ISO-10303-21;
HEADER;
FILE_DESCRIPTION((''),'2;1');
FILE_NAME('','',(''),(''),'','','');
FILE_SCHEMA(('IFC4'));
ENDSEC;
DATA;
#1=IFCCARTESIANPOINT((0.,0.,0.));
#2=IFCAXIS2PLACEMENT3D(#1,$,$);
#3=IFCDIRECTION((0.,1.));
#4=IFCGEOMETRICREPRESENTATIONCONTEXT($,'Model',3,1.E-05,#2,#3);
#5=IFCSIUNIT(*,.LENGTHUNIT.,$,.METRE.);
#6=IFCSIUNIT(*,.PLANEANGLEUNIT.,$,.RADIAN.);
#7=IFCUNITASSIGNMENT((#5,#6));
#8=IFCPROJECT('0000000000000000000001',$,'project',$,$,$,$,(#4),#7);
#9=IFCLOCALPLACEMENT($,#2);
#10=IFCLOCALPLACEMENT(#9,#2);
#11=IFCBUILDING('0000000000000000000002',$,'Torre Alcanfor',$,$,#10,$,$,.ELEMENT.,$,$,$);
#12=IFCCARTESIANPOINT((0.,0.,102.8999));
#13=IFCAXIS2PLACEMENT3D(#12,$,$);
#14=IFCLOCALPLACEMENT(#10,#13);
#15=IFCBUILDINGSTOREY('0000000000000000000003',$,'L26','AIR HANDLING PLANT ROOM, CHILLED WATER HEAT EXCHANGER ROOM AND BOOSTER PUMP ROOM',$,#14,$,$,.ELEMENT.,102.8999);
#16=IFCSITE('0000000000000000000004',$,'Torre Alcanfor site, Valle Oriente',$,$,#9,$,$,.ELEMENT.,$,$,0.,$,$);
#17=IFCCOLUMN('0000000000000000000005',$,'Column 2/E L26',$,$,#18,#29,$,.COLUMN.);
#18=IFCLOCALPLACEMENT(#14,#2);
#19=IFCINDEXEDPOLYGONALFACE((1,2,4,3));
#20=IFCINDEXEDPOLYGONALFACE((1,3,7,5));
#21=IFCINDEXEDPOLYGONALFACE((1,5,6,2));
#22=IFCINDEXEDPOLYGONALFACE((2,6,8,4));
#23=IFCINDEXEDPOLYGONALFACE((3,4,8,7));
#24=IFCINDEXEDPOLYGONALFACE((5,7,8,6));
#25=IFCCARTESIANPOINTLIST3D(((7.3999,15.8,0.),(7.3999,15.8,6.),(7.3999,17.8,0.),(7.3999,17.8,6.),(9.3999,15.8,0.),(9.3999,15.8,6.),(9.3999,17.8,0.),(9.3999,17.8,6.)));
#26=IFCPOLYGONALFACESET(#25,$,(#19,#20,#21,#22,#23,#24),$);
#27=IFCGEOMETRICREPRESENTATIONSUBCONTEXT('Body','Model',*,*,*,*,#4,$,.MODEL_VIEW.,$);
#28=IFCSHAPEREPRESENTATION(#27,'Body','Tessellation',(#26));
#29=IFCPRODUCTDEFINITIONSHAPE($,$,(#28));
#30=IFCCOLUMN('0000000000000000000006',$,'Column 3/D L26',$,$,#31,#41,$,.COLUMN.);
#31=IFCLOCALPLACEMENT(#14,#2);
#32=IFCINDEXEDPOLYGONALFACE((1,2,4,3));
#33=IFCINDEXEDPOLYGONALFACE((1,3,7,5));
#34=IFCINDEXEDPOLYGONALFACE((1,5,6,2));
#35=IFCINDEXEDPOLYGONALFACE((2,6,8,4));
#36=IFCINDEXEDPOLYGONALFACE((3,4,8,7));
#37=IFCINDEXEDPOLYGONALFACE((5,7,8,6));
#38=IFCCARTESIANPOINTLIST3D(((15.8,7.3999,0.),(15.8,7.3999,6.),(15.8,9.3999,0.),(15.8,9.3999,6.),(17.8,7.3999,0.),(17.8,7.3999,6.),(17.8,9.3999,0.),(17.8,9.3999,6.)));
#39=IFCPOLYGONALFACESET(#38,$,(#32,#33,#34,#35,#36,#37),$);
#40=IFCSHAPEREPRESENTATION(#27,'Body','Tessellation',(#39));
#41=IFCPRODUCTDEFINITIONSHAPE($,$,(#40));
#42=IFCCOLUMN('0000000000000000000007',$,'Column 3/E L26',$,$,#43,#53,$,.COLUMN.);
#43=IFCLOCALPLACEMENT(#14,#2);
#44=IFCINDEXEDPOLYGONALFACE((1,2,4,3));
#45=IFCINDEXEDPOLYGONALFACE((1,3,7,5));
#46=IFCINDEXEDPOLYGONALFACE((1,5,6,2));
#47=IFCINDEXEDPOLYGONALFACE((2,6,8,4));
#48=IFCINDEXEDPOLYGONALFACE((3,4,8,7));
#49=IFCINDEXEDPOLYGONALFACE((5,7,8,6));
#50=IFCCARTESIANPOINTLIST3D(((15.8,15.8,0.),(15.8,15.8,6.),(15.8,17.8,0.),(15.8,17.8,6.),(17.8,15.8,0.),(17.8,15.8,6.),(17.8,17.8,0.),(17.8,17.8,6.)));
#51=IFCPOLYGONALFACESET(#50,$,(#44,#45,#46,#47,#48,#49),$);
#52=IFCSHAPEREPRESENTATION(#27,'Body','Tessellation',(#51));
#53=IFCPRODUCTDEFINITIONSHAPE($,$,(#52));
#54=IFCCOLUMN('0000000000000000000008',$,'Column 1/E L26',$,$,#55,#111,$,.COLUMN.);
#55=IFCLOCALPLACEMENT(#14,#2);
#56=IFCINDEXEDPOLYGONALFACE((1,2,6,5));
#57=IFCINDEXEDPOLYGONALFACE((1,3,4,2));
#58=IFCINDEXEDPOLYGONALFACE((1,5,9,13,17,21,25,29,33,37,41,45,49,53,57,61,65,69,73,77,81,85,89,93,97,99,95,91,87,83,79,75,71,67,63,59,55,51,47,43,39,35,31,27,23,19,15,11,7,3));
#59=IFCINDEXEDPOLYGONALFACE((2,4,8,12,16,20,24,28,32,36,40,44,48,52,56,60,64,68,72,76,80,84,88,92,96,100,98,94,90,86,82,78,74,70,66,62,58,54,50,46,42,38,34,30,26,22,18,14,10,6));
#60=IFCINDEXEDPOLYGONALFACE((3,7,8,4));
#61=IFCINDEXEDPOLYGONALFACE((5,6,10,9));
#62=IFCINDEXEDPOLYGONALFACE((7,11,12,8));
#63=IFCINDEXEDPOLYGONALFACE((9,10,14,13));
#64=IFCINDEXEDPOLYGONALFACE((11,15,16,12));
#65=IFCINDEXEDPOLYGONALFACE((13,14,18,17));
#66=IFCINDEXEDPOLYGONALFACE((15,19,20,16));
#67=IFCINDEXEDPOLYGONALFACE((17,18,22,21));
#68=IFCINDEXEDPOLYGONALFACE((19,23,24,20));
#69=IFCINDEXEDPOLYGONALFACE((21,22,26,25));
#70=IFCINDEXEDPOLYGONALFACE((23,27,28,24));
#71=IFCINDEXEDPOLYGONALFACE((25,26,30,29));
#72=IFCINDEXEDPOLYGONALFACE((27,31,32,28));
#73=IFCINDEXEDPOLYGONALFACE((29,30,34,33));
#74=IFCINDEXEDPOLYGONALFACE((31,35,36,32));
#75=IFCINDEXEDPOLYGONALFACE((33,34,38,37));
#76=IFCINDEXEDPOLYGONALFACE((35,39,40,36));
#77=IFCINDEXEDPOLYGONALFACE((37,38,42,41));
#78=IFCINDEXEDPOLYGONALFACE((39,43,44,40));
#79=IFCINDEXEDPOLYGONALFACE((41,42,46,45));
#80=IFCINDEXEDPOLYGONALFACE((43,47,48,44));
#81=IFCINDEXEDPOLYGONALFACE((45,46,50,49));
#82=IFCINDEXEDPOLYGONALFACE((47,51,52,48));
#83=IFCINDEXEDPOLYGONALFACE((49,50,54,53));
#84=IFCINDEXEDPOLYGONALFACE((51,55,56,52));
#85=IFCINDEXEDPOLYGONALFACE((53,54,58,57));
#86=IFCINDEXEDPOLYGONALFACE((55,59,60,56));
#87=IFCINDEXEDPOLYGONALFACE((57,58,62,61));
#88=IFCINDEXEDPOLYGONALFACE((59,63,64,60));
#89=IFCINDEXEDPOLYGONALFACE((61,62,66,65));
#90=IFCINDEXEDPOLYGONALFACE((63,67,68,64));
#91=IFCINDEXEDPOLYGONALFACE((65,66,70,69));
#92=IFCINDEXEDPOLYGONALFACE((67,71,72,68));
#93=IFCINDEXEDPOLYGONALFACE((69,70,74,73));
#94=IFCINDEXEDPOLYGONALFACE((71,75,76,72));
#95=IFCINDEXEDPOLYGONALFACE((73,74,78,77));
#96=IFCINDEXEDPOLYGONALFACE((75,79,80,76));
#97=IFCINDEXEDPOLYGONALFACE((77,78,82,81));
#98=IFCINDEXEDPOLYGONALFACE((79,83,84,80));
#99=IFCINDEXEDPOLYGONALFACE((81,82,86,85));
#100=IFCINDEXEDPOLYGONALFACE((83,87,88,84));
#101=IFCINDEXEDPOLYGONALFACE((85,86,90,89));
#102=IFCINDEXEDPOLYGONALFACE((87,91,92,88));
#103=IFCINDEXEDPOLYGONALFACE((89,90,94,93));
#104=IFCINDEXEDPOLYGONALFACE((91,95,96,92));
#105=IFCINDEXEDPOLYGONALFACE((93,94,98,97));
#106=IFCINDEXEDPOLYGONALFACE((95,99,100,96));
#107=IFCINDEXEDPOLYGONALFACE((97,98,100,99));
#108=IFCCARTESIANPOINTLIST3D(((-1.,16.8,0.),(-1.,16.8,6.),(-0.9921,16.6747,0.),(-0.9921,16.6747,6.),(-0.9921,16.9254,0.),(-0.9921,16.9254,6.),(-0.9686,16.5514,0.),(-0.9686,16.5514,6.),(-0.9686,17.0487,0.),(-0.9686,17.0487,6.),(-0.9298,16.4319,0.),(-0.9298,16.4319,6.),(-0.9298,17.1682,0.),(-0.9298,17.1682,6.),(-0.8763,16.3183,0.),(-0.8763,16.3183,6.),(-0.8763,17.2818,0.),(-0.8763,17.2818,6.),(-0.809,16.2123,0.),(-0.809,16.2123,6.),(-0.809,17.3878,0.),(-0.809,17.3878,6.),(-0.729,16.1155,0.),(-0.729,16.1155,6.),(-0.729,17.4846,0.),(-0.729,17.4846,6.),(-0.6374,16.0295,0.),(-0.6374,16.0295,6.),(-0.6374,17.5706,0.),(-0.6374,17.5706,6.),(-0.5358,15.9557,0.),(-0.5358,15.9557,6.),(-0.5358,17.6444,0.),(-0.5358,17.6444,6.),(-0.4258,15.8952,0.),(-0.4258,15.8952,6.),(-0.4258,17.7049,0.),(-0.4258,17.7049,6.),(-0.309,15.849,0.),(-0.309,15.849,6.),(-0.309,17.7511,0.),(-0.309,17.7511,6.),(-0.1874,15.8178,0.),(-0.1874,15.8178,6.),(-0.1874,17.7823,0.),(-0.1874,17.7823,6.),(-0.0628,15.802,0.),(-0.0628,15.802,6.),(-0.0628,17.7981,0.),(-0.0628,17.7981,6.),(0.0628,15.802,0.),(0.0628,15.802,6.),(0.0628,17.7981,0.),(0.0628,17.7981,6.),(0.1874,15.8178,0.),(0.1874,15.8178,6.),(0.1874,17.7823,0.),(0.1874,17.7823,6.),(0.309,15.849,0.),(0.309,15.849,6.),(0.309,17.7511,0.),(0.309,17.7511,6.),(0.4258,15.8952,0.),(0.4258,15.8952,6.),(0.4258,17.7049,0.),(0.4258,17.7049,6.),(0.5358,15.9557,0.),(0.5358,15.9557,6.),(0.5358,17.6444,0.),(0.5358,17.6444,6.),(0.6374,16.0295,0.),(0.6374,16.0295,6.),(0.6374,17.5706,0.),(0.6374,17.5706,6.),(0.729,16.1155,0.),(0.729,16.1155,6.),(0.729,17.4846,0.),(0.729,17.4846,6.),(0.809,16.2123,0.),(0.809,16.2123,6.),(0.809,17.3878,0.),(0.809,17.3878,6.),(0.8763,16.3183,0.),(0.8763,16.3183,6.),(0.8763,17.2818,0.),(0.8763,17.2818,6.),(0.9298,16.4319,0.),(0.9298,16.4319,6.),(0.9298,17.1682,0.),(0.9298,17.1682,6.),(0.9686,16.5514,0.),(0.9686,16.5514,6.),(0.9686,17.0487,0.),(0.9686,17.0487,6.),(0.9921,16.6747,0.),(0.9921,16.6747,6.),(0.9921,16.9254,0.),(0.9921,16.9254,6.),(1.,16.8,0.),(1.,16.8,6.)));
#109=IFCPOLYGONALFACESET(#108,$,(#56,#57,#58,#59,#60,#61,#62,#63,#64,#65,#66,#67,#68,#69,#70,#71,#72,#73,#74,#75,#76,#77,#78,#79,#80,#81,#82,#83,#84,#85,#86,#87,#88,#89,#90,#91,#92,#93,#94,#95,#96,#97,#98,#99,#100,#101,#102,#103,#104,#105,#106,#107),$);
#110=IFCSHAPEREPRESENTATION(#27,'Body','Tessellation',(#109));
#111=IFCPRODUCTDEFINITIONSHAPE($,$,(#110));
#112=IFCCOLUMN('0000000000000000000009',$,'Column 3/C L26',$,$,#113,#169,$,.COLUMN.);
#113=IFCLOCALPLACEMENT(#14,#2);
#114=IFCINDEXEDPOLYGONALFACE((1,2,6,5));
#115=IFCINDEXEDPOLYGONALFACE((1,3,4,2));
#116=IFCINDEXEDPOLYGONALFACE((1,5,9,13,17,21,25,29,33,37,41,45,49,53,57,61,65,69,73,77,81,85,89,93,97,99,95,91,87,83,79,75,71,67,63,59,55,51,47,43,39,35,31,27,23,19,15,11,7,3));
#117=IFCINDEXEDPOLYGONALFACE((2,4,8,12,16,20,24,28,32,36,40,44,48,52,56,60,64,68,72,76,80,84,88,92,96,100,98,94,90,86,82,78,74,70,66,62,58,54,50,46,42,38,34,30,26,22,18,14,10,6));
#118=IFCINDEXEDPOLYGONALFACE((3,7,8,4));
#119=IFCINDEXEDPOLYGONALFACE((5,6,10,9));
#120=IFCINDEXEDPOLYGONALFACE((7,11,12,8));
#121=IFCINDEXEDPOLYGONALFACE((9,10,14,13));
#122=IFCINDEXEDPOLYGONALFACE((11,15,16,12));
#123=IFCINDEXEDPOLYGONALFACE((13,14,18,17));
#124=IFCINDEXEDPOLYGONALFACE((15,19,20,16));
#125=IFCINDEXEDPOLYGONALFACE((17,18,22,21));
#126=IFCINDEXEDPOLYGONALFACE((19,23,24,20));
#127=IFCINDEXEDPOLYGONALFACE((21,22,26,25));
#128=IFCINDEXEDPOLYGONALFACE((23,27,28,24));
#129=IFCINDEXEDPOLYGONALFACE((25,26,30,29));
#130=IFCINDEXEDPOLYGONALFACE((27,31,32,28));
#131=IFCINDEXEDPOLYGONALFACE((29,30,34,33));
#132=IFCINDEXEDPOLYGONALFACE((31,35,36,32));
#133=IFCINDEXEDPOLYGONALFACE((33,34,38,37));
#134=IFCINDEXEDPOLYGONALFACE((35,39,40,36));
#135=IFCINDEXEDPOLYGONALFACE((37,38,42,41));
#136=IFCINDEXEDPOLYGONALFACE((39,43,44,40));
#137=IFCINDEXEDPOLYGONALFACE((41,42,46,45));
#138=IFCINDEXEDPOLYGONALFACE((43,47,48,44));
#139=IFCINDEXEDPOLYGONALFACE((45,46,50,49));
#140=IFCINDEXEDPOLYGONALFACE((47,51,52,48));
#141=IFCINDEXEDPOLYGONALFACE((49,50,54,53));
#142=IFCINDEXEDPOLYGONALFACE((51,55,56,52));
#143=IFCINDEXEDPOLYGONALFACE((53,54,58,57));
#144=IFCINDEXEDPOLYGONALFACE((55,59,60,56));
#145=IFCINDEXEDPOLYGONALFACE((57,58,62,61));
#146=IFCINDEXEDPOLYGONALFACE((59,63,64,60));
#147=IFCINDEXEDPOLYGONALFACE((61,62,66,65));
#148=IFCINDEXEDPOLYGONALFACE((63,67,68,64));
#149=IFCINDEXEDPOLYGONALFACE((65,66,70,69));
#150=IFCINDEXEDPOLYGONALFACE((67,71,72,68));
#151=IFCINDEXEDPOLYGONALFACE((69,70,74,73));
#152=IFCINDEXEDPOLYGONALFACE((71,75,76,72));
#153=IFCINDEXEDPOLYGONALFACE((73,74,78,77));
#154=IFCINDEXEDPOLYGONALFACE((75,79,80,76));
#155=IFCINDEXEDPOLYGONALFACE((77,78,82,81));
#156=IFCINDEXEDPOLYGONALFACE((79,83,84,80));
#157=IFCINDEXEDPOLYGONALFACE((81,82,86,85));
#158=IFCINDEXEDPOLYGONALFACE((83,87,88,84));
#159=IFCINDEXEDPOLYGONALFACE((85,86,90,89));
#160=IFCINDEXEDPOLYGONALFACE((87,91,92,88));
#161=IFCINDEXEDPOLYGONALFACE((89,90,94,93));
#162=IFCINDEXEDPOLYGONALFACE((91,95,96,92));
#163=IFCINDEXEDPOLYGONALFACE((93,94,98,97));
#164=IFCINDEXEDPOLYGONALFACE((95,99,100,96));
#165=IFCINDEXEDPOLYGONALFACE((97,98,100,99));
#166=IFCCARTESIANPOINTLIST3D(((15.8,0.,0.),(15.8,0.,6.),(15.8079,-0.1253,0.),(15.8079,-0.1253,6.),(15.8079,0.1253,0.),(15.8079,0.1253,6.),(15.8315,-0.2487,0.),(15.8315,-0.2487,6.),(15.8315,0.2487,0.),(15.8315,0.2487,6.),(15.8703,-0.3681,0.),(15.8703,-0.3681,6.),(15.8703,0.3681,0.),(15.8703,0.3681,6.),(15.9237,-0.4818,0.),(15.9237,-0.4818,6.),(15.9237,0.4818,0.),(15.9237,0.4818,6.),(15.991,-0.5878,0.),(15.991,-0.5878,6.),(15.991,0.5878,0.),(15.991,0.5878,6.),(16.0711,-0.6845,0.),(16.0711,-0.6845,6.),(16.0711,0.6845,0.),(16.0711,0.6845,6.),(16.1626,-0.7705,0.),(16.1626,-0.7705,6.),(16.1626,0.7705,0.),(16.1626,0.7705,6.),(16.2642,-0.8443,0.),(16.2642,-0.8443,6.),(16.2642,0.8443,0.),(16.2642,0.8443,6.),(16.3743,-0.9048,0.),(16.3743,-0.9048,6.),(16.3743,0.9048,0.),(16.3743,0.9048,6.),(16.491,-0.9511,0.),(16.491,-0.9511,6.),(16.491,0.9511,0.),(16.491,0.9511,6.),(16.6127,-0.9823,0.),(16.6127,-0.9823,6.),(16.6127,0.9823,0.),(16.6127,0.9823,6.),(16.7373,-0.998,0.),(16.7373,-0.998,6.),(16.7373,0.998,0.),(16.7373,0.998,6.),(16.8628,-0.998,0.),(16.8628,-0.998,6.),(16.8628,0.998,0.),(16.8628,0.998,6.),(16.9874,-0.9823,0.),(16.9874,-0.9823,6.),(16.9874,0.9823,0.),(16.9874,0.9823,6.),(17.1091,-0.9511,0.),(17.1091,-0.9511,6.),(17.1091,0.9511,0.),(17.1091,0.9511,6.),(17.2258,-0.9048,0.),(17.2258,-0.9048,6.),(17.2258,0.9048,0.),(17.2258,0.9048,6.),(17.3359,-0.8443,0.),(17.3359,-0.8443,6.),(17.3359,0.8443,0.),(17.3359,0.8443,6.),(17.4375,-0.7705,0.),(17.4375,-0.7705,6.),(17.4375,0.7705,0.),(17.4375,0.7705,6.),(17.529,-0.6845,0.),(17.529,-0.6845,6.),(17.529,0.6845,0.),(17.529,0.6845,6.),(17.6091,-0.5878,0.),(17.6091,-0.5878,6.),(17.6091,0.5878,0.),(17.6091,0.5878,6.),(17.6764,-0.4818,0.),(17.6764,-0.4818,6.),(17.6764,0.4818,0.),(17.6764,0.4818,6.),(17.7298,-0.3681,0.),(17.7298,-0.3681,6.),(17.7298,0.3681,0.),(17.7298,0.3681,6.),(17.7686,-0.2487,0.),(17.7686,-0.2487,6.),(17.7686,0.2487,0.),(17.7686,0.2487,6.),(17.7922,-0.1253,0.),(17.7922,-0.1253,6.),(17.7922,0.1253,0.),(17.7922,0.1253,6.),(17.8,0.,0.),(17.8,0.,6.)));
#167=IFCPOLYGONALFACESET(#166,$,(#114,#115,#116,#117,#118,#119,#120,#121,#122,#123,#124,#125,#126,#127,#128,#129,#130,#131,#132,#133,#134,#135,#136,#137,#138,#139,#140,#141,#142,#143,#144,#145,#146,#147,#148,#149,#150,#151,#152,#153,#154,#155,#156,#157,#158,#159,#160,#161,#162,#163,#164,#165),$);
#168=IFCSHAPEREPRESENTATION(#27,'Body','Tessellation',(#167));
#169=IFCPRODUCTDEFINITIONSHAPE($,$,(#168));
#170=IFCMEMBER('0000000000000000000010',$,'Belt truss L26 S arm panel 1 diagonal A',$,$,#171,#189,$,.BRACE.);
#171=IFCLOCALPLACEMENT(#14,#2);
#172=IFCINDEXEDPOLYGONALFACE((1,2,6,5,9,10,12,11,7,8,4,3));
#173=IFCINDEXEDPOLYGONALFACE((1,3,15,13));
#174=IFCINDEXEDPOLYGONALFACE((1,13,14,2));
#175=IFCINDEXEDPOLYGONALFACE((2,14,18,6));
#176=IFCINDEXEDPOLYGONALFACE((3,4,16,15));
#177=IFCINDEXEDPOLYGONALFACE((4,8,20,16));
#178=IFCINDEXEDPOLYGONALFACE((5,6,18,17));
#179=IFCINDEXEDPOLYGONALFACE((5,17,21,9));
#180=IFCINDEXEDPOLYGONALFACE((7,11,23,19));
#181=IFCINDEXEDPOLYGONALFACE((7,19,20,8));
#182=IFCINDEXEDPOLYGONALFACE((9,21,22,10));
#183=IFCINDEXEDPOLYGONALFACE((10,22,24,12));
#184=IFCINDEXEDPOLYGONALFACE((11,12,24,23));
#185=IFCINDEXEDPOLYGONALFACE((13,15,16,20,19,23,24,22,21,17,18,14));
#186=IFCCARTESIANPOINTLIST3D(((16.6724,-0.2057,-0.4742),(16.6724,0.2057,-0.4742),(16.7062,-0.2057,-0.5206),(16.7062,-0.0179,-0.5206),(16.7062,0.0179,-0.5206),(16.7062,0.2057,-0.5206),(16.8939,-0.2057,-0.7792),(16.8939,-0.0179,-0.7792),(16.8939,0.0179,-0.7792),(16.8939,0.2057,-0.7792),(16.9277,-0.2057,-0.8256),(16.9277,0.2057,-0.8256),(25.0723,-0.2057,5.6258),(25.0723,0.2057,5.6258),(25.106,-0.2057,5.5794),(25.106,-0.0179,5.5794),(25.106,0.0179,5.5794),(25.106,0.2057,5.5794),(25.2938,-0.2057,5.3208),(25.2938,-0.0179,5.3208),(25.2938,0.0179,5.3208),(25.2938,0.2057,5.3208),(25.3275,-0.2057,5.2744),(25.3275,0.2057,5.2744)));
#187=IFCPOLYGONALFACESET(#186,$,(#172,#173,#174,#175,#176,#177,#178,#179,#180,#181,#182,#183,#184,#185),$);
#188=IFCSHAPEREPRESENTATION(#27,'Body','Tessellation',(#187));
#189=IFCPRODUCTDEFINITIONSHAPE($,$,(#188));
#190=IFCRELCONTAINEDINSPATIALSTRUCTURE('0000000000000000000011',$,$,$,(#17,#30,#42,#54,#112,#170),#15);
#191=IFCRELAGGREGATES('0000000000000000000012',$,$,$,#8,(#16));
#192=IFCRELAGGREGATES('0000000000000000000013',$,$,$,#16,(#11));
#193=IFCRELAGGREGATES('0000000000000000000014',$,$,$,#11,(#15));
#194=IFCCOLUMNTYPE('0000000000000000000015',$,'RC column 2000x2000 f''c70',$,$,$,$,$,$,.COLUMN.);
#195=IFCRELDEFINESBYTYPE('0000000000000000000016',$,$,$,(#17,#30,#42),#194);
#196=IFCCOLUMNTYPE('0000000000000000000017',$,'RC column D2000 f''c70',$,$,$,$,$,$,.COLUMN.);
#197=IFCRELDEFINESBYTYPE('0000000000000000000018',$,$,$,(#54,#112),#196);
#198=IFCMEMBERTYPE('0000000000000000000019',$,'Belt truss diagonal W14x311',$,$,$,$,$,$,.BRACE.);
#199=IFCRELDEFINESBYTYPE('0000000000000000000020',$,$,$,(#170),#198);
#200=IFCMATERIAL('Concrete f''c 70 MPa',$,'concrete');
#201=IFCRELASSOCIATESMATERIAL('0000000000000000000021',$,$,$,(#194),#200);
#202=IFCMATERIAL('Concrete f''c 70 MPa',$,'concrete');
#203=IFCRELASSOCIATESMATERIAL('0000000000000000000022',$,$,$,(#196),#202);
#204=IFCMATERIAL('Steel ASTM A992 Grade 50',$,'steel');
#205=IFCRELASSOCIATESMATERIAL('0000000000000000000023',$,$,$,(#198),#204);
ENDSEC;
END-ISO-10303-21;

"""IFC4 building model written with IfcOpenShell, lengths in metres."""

from ifc_helpers import new_model, si_unit, direction, frame, origin, origin_2d, place, context, subcontext, project, spatial, rectangle, circle, i_section, extrude, material, material_profile, profile_set, type_object, element, save


model = new_model("IFC4")

# Units and contexts
model_context = context("Model", 3, precision=1e-05, world=origin(), true_north=direction((0.0, 1.0)))
body_context = subcontext(model_context, "Body", "Model", "MODEL_VIEW")
ifc_project = project(units=[si_unit("LENGTHUNIT", "METRE"), si_unit("PLANEANGLEUNIT", "RADIAN")], contexts=[model_context])

# Site, building, storey
site_placement = place(None, origin())
site = spatial("IfcSite", under=ifc_project, at=site_placement, Name="Torre Alcanfor site, Valle Oriente", CompositionType="ELEMENT", RefElevation=0.0)
building_placement = place(site_placement, origin())
building = spatial("IfcBuilding", under=site, at=building_placement, Name="Torre Alcanfor", CompositionType="ELEMENT")
storey_placement = place(building_placement, frame((0.0, 0.0, 102.8999)))
storey = spatial("IfcBuildingStorey", under=building, at=storey_placement, Name="L26", Description="AIR HANDLING PLANT ROOM, CHILLED WATER HEAT EXCHANGER ROOM AND BOOSTER PUMP ROOM", CompositionType="ELEMENT", Elevation=102.8999)

# Columns
ifc_material_1 = material(Name="Concrete f'c 70 MPa", Category="concrete")
ifc_material_profile_1 = material_profile(ifc_material_1, rectangle(XDim=2.0, YDim=2.0, at=origin_2d()), Name="2000x2000")
ifc_profile_set_1 = profile_set([ifc_material_profile_1], Name="Concrete f'c 70 MPa")
column_type_1 = type_object("IfcColumnType", Name="RC column 2000x2000 f'c70", PredefinedType="COLUMN", material=ifc_profile_set_1)
for number, where, z_axis, x_axis, name in (
    (1, (8.3999, 16.8, 0.0), (0.0, 0.0, 1.0), (1.0, 0.0, 0.0), "Column 2/E L26"),
    (2, (16.8, 8.3999, 0.0), (0.0, 0.0, 1.0), (1.0, 0.0, 0.0), "Column 3/D L26"),
    (3, (16.8, 16.8, 0.0), (0.0, 0.0, 1.0), (1.0, 0.0, 0.0), "Column 3/E L26"),
):
    element("IfcColumn", number, at=place(storey_placement, frame(where, z_axis=z_axis, x_axis=x_axis)), inside=storey, type_object=column_type_1, Name=name, PredefinedType="COLUMN", context=body_context, shape_type="SweptSolid", body=[
        extrude(rectangle(XDim=2.0, YDim=2.0, at=origin_2d()), origin(), (0.0, 0.0, 1.0), 6.0),
    ])
ifc_material_2 = material(Name="Concrete f'c 70 MPa", Category="concrete")
ifc_material_profile_2 = material_profile(ifc_material_2, circle(Radius=1.0, at=origin_2d()), Name="D2000")
ifc_profile_set_2 = profile_set([ifc_material_profile_2], Name="Concrete f'c 70 MPa")
column_type_2 = type_object("IfcColumnType", Name="RC column D2000 f'c70", PredefinedType="COLUMN", material=ifc_profile_set_2)
for number, where, z_axis, x_axis, name in (
    (4, (0.0, 16.8, 0.0), (0.0, 0.0, 1.0), (1.0, 0.0, 0.0), "Column 1/E L26"),
    (5, (16.8, 0.0, 0.0), (0.0, 0.0, 1.0), (1.0, 0.0, 0.0), "Column 3/C L26"),
):
    element("IfcColumn", number, at=place(storey_placement, frame(where, z_axis=z_axis, x_axis=x_axis)), inside=storey, type_object=column_type_2, Name=name, PredefinedType="COLUMN", context=body_context, shape_type="SweptSolid", body=[
        extrude(circle(Radius=1.0, at=origin_2d()), origin(), (0.0, 0.0, 1.0), 6.0),
    ])

# Member
ifc_material_3 = material(Name="Steel ASTM A992 Grade 50", Category="steel")
ifc_material_profile_3 = material_profile(ifc_material_3, i_section(OverallWidth=0.4114, OverallDepth=0.4343, WebThickness=0.0359, FlangeThickness=0.0574, at=origin_2d()), Name="W14x311")
ifc_profile_set_3 = profile_set([ifc_material_profile_3], Name="Steel ASTM A992 Grade 50")
member_type_1 = type_object("IfcMemberType", Name="Belt truss diagonal W14x311", PredefinedType="BRACE", material=ifc_profile_set_3)
for number, where, z_axis, x_axis, name in (
    (6, (16.8, 0.0, -0.6499), (0.809145, 0.0, 0.587609), (0.0, 1.0, 0.0), "Belt truss L26 S arm panel 1 diagonal A"),
):
    element("IfcMember", number, at=place(storey_placement, frame(where, z_axis=z_axis, x_axis=x_axis)), inside=storey, type_object=member_type_1, Name=name, PredefinedType="BRACE", context=body_context, shape_type="SweptSolid", body=[
        extrude(i_section(OverallWidth=0.4114, OverallDepth=0.4343, WebThickness=0.0359, FlangeThickness=0.0574, at=origin_2d()), origin(), (0.0, 0.0, 1.0), 10.3811),
    ])

save(model, "model.ifc")
